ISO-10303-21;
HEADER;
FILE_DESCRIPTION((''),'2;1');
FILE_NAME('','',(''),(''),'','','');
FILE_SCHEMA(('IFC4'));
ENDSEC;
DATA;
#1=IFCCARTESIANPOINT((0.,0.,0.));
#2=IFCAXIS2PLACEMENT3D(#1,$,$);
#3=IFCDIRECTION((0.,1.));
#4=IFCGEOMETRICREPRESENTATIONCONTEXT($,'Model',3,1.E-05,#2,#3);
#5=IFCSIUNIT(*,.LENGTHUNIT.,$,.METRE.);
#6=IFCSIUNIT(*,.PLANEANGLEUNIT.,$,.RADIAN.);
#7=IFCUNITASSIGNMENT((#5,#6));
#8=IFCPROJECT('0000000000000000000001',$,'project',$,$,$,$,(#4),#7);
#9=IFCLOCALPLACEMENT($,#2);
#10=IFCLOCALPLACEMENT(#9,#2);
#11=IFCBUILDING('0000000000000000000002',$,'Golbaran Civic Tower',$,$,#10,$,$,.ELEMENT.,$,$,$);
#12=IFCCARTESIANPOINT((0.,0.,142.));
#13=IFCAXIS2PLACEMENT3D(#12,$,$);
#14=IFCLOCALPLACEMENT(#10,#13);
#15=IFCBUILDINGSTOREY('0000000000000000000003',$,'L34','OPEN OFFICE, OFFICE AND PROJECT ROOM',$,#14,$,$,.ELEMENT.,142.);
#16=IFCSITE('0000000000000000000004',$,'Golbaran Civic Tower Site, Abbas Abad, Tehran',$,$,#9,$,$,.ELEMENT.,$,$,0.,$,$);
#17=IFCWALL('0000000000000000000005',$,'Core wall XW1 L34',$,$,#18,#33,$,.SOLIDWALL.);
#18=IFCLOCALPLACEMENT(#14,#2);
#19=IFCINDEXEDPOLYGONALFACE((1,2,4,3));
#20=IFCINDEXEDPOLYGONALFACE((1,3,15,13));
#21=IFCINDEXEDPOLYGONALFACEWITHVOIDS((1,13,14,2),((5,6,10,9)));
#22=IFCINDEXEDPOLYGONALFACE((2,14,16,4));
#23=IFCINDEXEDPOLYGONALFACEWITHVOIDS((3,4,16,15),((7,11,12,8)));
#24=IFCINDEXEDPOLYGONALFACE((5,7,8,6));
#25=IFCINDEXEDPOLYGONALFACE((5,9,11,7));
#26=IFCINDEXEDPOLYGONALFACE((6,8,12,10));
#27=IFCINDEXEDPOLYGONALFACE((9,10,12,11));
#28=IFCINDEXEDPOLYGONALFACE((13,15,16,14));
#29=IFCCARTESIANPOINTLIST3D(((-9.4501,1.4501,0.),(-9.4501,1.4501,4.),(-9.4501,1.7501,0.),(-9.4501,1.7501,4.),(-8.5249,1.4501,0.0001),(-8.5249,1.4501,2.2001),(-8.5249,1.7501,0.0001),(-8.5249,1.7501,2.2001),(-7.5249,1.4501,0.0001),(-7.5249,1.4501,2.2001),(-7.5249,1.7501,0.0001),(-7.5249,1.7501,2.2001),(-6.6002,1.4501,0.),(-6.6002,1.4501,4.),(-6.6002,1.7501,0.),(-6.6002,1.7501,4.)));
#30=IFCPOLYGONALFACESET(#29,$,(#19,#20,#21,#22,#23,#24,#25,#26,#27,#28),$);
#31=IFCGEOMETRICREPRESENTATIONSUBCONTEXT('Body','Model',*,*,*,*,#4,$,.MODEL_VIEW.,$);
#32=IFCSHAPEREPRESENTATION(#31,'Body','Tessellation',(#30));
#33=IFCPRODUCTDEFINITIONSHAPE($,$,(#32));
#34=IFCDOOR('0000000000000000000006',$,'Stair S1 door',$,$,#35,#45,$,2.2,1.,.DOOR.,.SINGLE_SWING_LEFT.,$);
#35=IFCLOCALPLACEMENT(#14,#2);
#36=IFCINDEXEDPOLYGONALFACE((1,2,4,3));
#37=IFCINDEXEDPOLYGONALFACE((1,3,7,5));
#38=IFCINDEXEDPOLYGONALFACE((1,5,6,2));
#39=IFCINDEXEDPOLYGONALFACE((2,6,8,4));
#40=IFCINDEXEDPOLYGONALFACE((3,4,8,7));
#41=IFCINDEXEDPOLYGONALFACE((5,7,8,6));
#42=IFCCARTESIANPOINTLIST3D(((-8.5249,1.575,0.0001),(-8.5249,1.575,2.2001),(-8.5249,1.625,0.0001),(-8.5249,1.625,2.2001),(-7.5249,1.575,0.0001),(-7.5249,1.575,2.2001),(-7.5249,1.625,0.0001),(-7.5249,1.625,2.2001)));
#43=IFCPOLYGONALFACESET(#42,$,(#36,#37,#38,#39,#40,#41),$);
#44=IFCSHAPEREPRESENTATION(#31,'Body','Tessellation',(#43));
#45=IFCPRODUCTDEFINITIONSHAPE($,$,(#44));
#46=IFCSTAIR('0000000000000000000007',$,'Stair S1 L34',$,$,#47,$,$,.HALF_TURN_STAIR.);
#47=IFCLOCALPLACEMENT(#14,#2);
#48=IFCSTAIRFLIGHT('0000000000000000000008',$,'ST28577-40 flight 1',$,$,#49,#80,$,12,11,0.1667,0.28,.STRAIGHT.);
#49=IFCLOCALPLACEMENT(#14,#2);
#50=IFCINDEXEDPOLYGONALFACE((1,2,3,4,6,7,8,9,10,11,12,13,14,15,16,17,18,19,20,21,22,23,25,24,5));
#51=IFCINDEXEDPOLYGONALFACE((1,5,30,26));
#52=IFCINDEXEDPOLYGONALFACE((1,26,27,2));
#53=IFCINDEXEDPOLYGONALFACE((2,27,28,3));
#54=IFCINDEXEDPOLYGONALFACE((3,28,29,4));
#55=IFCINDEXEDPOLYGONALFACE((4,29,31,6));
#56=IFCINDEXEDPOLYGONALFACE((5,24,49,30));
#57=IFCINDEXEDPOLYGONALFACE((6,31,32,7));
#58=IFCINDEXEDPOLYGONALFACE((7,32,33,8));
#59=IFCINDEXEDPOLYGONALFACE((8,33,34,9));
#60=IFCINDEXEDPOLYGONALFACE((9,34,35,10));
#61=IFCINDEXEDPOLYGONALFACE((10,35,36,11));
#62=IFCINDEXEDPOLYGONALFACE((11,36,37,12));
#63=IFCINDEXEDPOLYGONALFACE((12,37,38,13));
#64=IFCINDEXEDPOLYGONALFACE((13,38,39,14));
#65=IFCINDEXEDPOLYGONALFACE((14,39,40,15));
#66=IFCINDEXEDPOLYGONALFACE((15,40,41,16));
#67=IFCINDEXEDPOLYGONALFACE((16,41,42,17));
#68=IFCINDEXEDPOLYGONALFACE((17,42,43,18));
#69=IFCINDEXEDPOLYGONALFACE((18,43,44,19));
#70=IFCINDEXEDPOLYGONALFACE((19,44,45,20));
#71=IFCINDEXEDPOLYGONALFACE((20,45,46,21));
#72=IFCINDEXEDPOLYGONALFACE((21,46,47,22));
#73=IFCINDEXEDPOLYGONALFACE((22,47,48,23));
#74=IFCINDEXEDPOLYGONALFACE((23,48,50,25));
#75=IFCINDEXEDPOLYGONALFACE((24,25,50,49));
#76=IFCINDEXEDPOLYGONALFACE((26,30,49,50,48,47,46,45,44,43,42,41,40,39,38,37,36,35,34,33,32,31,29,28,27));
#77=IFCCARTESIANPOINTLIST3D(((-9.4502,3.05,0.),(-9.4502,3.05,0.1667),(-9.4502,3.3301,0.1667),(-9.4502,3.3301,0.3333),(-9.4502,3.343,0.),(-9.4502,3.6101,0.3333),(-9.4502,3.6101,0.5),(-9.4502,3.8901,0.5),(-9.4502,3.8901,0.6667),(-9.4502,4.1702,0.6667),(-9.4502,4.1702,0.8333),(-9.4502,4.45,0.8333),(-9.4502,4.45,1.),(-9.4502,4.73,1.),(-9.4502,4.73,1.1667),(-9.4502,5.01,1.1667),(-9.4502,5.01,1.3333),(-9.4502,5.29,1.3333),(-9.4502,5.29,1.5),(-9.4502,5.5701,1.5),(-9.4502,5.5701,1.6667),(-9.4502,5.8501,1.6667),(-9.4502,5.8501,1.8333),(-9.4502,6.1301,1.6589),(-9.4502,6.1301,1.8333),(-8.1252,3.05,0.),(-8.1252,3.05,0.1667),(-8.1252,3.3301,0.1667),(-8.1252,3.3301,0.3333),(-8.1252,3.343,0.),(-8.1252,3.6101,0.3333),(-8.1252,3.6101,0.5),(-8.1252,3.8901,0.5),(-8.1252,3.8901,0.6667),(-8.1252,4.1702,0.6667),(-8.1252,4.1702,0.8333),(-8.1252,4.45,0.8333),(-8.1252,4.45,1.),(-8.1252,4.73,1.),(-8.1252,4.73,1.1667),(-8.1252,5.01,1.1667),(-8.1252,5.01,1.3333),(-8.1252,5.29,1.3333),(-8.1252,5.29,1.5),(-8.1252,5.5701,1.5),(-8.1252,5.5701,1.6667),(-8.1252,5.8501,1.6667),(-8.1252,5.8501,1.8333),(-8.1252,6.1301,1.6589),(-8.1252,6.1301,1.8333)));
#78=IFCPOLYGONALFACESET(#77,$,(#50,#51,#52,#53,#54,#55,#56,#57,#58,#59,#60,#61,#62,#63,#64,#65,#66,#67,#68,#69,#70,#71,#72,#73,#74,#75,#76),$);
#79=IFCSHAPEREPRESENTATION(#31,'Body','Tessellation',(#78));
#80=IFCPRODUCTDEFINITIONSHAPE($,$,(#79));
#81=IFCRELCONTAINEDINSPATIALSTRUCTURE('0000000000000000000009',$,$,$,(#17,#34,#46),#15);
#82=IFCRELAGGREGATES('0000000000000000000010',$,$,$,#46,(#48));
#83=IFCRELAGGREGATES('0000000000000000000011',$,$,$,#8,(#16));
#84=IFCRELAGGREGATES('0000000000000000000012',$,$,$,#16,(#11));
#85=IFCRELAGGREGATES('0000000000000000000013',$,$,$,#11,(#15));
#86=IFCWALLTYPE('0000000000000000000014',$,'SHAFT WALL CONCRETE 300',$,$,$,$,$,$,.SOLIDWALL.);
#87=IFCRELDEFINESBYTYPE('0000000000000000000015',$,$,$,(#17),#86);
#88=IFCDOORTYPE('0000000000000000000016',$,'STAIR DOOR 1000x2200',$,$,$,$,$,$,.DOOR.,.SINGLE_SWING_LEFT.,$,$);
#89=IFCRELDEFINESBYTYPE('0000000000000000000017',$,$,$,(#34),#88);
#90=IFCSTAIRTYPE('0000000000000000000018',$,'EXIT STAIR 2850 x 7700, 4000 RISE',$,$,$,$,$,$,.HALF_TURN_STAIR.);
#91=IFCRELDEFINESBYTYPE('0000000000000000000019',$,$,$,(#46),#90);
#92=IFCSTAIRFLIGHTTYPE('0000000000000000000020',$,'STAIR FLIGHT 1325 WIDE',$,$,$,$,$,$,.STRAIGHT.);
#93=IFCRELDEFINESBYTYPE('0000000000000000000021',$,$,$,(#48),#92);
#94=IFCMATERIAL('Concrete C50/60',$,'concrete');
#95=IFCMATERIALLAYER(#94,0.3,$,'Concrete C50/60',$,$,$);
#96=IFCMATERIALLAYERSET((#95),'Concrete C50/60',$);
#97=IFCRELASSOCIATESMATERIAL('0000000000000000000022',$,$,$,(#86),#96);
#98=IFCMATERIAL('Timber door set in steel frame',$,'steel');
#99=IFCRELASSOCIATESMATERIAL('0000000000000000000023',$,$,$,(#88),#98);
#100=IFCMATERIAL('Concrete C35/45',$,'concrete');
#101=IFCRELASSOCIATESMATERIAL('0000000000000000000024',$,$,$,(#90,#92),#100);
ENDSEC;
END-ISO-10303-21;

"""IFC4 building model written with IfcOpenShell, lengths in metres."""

from ifc_helpers import new_model, si_unit, direction, frame, frame_2d, origin, place, context, subcontext, project, spatial, polyline, rectangle, outline, extrude, material, layer, layer_set, type_object, element, fill, aggregate, save


model = new_model("IFC4")

# Units and contexts
model_context = context("Model", 3, precision=1e-05, world=origin(), true_north=direction((0.0, 1.0)))
body_context = subcontext(model_context, "Body", "Model", "MODEL_VIEW")
ifc_project = project(units=[si_unit("LENGTHUNIT", "METRE"), si_unit("PLANEANGLEUNIT", "RADIAN")], contexts=[model_context])

# Site, building, storey
site_placement = place(None, origin())
site = spatial("IfcSite", under=ifc_project, at=site_placement, Name="Golbaran Civic Tower Site, Abbas Abad, Tehran", CompositionType="ELEMENT", RefElevation=0.0)
building_placement = place(site_placement, origin())
building = spatial("IfcBuilding", under=site, at=building_placement, Name="Golbaran Civic Tower", CompositionType="ELEMENT")
storey_placement = place(building_placement, frame((0.0, 0.0, 142.0)))
storey = spatial("IfcBuildingStorey", under=building, at=storey_placement, Name="L34", Description="OPEN OFFICE, OFFICE AND PROJECT ROOM", CompositionType="ELEMENT", Elevation=142.0)

# Shared definitions
ifc_material_1 = material(Name="Concrete C50/60", Category="concrete")
ifc_material_2 = material(Name="Timber door set in steel frame", Category="steel")

# Wall, opening, door
ifc_layer_1 = layer(ifc_material_1, 0.3, Name="Concrete C50/60")
ifc_layer_set_1 = layer_set([ifc_layer_1], Name="Concrete C50/60")
wall_type_1 = type_object("IfcWallType", Name="SHAFT WALL CONCRETE 300", PredefinedType="SOLIDWALL", material=ifc_layer_set_1)
wall_1_placement = place(storey_placement, frame((-9.45, 1.6001, 0.0), z_axis=(0.0, 0.0, 1.0), x_axis=(1.0, 0.0, 0.0)))
wall_1 = element("IfcWall", 1, at=wall_1_placement, inside=storey, type_object=wall_type_1, Name="Core wall XW1 L34", PredefinedType="SOLIDWALL", context=body_context, shape_type="SweptSolid", body=[
    extrude(rectangle(XDim=2.8499, YDim=0.3, at=frame_2d((1.4248, 0.0))), origin(), (0.0, 0.0, 1.0), 4.0),
])
opening_1_placement = place(wall_1_placement, frame((0.925, 0.0, 0.0)))
opening_1 = element("IfcOpeningElement", 2, at=opening_1_placement, cuts=wall_1, PredefinedType="OPENING", context=body_context, shape_type="SweptSolid", body=[
    extrude(rectangle(XDim=1.0, YDim=2.2, at=frame_2d((0.5, 1.1001))), frame((0.0, 0.1599, 0.0), z_axis=(0.0, -1.0, 0.0), x_axis=(1.0, 0.0, 0.0)), (0.0, 0.0, 1.0), 0.3201),
])
door_type_1 = type_object("IfcDoorType", Name="STAIR DOOR 1000x2200", OperationType="SINGLE_SWING_LEFT", PredefinedType="DOOR", material=ifc_material_2)
door_1_placement = place(opening_1_placement, origin())
door_1 = element("IfcDoor", 3, at=door_1_placement, inside=storey, type_object=door_type_1, Name="Stair S1 door", OperationType="SINGLE_SWING_LEFT", OverallHeight=2.2, OverallWidth=1.0, PredefinedType="DOOR", context=body_context, shape_type="SweptSolid", body=[
    extrude(rectangle(XDim=1.0, YDim=2.2, at=frame_2d((0.5, 1.1001))), frame((0.0, 0.0249, 0.0), z_axis=(0.0, -1.0, 0.0), x_axis=(1.0, 0.0, 0.0)), (0.0, 0.0, 1.0), 0.05),
])
fill(opening_1, door_1)

# Stair, stair flight
ifc_material_3 = material(Name="Concrete C35/45", Category="concrete")
stair_type = type_object("IfcStairType", Name="EXIT STAIR 2850 x 7700, 4000 RISE", PredefinedType="HALF_TURN_STAIR", material=ifc_material_3)
stair_placement = place(storey_placement, origin())
stair = element("IfcStair", 4, at=stair_placement, inside=storey, type_object=stair_type, Name="Stair S1 L34", PredefinedType="HALF_TURN_STAIR")
stair_flight_type = type_object("IfcStairFlightType", Name="STAIR FLIGHT 1325 WIDE", PredefinedType="STRAIGHT", material=ifc_material_3)
stair_flight_placement = place(storey_placement, frame((-8.7876, 3.05, 0.0), z_axis=(0.0, 0.0, 1.0), x_axis=(0.0, 1.0, 0.0)))
stair_flight = element("IfcStairFlight", 5, at=stair_flight_placement, type_object=stair_flight_type, Name="ST28577-40 flight 1", NumberOfRisers=12, NumberOfTreads=11, PredefinedType="STRAIGHT", RiserHeight=0.1667, TreadLength=0.28, context=body_context, shape_type="SweptSolid", body=[
    extrude(outline(polyline([(0.0, 0.0), (0.0, 0.1667), (0.28, 0.1667), (0.28, 0.3333), (0.5601, 0.3333), (0.5601, 0.5), (0.8401, 0.5), (0.8401, 0.6667), (1.1201, 0.6667), (1.1201, 0.8333), (1.3999, 0.8333), (1.3999, 1.0), (1.6799, 1.0), (1.6799, 1.1667), (1.96, 1.1667), (1.96, 1.3333), (2.24, 1.3333), (2.24, 1.5), (2.52, 1.5), (2.52, 1.6667), (2.8, 1.6667), (2.8, 1.8333), (3.0801, 1.8333), (3.0801, 2.0), (3.0801, 1.6589), (0.293, 0.0), (0.0, 0.0)])), frame((0.0, 0.6626, 0.0), z_axis=(0.0, -1.0, 0.0), x_axis=(1.0, 0.0, 0.0)), (0.0, 0.0, 1.0), 1.325),
])
aggregate(stair, [stair_flight])

save(model, "model.ifc")
